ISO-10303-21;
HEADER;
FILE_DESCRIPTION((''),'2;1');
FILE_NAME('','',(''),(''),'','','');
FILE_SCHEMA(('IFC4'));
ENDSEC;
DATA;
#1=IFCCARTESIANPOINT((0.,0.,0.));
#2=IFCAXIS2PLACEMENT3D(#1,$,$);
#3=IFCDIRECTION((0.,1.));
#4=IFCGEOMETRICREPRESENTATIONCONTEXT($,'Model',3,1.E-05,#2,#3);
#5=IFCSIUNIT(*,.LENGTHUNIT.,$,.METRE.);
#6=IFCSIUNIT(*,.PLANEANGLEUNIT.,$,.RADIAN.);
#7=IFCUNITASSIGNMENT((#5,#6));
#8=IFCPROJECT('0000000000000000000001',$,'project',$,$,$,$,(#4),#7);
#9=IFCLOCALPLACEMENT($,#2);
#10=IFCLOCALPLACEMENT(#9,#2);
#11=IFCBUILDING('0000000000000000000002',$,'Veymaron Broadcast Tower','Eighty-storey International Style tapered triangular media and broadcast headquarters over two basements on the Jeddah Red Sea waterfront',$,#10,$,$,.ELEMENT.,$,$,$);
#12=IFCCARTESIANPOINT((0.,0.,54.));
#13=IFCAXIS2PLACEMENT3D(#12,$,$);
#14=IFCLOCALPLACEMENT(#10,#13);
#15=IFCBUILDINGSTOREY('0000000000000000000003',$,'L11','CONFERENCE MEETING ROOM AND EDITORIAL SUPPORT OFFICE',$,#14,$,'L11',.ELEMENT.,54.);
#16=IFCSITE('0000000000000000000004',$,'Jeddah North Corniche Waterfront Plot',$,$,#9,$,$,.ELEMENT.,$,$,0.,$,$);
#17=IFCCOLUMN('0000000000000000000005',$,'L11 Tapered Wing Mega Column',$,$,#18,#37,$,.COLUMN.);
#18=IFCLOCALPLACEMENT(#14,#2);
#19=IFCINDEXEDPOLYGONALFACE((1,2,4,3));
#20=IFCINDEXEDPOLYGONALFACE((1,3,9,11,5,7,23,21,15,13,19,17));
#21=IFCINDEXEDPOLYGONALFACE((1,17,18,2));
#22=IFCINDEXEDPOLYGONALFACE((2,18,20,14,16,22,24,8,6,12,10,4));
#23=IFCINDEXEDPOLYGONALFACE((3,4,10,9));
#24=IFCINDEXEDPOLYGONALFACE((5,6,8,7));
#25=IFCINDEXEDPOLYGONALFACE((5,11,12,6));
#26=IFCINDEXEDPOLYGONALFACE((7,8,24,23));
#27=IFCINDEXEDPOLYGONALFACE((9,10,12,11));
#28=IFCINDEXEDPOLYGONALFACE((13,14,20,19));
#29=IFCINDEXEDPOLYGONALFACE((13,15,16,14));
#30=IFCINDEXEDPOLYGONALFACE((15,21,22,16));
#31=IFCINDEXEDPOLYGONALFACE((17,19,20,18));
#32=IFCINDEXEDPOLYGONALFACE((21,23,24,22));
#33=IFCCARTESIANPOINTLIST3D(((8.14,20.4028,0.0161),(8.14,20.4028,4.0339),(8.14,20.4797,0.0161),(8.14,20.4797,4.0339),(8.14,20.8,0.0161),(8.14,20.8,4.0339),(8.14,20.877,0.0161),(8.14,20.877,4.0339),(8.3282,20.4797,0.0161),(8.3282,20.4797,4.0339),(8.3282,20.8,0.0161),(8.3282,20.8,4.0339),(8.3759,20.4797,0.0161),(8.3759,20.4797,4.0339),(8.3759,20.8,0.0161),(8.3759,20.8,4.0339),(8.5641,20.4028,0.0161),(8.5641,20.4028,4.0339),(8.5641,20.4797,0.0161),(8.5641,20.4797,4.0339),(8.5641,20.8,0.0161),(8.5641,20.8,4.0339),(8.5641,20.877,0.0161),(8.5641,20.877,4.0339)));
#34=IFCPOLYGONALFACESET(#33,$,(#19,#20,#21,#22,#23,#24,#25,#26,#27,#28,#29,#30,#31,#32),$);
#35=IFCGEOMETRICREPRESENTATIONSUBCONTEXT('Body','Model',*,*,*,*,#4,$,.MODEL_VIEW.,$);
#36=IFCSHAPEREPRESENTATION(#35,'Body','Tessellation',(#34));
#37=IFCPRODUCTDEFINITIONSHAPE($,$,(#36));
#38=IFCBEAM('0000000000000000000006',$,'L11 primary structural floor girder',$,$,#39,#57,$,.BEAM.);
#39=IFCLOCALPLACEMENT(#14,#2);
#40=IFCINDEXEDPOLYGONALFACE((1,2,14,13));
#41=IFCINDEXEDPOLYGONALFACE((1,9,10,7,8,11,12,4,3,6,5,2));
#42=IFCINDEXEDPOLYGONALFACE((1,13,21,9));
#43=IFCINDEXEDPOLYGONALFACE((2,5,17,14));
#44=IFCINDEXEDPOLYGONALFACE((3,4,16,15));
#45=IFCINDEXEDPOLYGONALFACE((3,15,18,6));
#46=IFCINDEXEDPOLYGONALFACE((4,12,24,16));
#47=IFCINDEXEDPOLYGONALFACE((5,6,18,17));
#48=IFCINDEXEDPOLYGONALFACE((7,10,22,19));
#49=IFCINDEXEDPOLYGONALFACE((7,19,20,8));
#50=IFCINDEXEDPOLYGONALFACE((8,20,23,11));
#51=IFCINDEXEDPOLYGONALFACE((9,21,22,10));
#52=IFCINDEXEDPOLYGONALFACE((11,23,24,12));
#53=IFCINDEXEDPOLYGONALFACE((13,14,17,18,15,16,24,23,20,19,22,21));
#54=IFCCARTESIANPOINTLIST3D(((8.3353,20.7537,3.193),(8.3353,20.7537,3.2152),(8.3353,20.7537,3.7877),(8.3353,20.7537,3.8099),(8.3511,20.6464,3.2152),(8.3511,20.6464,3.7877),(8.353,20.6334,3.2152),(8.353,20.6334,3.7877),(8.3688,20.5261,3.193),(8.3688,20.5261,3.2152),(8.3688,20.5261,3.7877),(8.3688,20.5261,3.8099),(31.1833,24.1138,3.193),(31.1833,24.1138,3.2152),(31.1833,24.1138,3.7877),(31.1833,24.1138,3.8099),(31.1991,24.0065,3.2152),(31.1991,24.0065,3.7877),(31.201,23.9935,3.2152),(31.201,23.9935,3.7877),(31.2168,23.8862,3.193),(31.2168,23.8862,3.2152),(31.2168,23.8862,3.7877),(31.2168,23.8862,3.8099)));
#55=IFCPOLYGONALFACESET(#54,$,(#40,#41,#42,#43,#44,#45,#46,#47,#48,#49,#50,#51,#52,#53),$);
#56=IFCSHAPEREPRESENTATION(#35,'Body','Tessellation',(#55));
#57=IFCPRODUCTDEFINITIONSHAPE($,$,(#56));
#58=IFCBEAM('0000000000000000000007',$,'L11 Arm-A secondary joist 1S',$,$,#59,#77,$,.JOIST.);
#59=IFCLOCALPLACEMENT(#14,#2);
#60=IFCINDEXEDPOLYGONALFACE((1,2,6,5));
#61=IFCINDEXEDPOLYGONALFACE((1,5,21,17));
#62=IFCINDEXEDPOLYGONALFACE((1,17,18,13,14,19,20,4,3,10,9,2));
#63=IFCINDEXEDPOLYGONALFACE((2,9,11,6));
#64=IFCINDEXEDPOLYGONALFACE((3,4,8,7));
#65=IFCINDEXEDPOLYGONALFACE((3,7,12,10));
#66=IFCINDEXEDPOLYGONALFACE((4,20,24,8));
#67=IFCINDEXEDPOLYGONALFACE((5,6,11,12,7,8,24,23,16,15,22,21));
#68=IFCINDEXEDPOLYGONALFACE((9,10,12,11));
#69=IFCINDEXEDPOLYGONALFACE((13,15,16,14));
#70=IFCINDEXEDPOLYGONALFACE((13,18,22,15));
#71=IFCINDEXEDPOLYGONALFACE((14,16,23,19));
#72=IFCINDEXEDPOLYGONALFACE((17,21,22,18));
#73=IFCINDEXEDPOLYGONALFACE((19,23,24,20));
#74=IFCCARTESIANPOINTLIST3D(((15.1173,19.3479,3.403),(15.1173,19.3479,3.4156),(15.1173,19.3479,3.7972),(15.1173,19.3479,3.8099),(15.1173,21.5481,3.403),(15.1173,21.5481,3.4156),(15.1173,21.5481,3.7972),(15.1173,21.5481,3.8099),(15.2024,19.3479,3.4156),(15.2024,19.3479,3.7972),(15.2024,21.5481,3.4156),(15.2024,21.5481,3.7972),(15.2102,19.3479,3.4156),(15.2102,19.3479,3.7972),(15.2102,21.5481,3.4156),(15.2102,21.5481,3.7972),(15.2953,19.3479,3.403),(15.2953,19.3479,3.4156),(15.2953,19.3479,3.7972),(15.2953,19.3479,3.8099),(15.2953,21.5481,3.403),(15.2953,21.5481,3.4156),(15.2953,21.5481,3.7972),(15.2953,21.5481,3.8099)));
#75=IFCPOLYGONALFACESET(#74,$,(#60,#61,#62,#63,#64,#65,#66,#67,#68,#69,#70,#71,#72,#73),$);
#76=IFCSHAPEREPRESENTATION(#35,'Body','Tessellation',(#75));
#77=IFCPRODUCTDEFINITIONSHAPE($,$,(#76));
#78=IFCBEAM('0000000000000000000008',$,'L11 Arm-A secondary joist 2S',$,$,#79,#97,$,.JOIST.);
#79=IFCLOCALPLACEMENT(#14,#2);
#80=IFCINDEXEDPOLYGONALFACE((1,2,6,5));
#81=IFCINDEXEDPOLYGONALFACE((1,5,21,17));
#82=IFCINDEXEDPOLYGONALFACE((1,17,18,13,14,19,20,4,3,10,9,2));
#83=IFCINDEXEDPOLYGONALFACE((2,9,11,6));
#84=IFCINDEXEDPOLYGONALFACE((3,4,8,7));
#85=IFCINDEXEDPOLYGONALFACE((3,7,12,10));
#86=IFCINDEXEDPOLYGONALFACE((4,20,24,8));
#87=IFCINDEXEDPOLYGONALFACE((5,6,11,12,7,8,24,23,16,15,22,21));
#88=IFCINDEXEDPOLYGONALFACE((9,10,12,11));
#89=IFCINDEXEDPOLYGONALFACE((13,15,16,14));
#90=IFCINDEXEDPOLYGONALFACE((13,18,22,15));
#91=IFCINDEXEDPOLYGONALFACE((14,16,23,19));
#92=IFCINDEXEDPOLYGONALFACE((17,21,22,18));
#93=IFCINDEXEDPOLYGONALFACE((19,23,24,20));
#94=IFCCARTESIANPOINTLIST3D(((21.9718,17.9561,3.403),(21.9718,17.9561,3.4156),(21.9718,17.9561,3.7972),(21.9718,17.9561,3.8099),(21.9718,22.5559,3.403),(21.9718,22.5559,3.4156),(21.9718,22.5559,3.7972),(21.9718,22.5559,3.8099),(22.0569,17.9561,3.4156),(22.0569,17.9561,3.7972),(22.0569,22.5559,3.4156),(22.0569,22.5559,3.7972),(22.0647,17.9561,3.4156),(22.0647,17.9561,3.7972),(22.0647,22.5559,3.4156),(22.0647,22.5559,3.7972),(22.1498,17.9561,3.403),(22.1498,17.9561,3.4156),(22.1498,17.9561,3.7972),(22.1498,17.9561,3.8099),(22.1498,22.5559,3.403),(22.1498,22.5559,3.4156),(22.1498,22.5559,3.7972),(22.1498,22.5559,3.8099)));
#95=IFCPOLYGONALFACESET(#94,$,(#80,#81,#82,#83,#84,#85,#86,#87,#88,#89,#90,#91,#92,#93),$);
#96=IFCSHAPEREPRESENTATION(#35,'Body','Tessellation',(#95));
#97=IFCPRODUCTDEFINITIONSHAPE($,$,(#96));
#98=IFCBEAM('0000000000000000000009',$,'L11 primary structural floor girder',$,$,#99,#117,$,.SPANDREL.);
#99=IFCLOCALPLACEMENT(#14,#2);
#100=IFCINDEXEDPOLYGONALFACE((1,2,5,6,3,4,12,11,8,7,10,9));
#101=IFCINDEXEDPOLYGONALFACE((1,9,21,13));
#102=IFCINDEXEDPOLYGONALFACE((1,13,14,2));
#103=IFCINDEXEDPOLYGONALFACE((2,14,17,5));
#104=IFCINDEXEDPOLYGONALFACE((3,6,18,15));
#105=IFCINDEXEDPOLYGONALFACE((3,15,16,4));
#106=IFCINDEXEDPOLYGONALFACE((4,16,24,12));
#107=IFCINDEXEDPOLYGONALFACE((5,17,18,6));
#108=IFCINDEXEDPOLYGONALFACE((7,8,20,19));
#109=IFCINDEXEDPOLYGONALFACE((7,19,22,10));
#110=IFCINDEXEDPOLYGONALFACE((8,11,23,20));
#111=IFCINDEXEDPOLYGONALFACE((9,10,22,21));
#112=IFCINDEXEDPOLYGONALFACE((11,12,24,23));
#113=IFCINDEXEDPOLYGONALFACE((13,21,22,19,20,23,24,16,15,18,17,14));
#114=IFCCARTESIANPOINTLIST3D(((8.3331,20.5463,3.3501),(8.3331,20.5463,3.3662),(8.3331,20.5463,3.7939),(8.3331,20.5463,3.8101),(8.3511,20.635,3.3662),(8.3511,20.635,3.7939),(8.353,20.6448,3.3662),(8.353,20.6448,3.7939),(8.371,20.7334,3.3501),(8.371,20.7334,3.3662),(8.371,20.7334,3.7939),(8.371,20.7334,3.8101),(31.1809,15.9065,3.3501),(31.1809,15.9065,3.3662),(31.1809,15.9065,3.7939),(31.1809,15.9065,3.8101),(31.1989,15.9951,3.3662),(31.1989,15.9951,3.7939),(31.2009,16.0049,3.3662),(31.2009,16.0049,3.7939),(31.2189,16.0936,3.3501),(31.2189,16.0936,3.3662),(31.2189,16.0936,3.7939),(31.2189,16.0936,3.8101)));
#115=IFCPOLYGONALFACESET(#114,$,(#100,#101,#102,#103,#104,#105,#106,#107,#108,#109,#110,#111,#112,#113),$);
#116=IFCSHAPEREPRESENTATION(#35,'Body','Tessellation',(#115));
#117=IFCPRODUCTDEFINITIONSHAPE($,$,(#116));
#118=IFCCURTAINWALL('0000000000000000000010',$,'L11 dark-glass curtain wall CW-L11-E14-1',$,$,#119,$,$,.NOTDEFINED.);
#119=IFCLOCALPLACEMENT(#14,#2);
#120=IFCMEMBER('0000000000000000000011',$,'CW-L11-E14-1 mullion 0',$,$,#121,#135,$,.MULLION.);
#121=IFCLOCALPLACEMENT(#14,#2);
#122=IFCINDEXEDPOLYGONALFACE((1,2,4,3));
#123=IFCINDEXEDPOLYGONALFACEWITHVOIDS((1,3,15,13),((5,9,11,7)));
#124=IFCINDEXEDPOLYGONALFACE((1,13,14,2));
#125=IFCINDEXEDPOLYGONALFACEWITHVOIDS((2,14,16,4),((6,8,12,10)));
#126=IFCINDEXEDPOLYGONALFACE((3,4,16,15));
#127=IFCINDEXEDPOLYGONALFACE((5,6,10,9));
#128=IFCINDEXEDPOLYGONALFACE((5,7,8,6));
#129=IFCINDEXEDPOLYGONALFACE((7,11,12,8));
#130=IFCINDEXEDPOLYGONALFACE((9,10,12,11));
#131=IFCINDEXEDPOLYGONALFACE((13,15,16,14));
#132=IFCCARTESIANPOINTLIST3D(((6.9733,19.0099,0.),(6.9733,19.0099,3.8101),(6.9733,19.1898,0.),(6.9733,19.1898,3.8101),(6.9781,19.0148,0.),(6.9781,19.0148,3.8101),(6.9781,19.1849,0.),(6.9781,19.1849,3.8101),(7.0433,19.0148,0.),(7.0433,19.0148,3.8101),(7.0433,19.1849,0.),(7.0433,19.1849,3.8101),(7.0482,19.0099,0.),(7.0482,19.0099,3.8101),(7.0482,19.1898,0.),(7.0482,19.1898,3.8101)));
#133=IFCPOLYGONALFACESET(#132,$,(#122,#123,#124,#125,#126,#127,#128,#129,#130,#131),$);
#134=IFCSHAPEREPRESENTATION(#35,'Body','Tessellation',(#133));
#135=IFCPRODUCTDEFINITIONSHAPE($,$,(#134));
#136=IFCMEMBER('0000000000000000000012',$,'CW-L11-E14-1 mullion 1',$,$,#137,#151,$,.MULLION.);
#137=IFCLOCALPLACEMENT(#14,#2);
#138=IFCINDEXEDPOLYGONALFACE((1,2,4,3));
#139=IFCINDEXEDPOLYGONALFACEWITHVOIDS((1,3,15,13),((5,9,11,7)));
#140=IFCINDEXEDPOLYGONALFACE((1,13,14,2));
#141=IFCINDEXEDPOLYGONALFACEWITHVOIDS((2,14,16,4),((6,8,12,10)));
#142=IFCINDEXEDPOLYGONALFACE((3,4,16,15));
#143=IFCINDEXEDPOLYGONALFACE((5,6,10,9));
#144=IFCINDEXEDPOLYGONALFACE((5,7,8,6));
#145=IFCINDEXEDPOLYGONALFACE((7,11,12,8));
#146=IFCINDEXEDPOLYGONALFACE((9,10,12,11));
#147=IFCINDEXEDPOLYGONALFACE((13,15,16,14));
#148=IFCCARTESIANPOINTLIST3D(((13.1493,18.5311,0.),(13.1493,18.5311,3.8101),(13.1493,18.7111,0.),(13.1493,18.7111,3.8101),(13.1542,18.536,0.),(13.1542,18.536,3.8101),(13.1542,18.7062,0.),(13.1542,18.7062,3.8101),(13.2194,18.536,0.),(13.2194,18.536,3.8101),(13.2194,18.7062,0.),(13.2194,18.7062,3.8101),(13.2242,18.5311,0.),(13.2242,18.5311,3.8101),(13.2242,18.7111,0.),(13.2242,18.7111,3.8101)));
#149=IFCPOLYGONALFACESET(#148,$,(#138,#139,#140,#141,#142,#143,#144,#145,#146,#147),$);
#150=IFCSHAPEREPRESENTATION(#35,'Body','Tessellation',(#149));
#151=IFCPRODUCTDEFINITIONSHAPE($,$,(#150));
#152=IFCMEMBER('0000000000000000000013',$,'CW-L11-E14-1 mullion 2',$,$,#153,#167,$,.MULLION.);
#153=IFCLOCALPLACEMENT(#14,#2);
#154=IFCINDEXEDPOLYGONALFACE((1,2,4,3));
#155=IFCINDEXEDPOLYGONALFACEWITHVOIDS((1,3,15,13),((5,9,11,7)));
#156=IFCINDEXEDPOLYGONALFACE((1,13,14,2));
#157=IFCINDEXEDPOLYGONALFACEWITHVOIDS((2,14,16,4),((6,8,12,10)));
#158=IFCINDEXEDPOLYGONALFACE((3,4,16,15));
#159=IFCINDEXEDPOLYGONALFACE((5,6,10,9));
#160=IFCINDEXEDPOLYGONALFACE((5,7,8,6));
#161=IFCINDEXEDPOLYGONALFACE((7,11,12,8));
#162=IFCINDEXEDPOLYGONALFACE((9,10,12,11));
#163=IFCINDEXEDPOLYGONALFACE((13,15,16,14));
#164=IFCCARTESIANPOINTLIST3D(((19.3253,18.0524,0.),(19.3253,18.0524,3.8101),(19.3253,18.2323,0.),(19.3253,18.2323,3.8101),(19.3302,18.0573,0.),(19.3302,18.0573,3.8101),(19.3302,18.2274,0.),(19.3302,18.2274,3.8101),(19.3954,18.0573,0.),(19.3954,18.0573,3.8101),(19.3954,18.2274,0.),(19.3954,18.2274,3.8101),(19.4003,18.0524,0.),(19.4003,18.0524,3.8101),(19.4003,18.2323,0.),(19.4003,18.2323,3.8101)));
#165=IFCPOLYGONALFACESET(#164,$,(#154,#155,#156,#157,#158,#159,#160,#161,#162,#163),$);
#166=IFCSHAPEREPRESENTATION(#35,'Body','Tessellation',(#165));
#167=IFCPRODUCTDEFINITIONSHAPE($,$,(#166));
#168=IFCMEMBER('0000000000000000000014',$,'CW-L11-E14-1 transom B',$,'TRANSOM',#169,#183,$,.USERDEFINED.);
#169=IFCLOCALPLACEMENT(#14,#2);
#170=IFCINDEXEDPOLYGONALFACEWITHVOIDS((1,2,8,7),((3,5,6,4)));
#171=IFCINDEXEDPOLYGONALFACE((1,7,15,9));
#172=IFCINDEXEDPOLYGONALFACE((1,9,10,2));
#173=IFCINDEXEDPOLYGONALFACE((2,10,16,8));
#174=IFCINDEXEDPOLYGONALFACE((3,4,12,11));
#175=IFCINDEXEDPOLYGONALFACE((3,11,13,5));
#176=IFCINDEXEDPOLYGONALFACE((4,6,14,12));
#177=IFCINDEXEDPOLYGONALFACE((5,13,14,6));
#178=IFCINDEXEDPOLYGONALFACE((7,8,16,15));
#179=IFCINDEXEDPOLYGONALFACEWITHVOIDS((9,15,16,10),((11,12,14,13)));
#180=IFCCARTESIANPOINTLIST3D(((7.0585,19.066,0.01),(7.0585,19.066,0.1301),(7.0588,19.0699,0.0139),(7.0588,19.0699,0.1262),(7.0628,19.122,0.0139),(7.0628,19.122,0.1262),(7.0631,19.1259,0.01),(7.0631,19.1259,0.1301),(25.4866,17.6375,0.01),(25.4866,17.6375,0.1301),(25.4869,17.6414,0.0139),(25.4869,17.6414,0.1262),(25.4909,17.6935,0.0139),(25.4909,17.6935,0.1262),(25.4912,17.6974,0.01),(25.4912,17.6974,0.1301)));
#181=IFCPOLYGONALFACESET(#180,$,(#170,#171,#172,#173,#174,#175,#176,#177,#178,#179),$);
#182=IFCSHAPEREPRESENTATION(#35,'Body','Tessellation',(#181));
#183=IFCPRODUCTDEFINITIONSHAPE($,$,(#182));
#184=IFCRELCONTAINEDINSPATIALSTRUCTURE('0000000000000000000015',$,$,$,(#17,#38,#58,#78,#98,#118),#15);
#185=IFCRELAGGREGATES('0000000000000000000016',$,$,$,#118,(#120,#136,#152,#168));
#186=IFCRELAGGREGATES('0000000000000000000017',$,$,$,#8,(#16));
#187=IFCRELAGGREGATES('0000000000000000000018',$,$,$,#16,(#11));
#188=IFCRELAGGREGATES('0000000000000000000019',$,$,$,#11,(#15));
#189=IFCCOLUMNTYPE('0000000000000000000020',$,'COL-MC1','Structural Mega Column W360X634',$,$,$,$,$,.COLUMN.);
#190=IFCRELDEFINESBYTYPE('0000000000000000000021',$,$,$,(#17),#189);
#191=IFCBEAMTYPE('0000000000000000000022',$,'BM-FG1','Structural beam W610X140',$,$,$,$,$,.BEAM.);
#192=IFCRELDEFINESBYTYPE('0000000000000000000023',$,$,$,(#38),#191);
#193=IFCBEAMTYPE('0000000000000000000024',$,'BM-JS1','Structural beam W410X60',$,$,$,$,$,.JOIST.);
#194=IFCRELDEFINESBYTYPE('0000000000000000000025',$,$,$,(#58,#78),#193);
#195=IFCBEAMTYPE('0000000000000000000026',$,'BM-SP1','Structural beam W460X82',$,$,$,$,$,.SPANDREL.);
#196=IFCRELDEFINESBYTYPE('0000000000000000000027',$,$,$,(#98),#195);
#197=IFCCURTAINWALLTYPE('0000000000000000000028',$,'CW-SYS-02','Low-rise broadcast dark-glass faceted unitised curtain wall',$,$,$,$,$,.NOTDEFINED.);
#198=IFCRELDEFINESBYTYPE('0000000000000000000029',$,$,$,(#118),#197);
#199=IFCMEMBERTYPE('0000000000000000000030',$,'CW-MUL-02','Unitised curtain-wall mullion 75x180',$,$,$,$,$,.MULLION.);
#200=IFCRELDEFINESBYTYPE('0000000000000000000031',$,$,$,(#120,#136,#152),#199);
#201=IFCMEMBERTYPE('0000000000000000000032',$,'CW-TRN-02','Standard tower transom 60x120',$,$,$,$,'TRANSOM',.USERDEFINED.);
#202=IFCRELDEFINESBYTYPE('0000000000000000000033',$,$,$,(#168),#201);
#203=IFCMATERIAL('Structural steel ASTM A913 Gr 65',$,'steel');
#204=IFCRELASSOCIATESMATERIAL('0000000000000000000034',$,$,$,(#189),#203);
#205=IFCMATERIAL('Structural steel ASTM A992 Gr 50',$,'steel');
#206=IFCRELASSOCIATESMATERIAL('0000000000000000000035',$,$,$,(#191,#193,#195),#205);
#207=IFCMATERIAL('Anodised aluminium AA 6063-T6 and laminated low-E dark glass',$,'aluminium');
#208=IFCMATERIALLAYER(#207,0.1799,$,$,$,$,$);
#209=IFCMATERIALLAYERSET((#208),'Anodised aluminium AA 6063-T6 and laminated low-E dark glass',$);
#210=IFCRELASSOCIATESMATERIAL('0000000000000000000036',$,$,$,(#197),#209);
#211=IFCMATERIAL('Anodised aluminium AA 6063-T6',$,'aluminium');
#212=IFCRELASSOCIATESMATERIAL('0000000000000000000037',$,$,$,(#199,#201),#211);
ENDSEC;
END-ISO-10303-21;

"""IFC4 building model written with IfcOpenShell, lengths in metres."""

from ifc_helpers import new_model, si_unit, direction, frame, origin, origin_2d, place, context, subcontext, project, spatial, hollow_rectangle, i_section, extrude, material, layer, layer_set, material_profile, profile_set, type_object, element, aggregate, save


model = new_model("IFC4")

# Units and contexts
model_context = context("Model", 3, precision=1e-05, world=origin(), true_north=direction((0.0, 1.0)))
body_context = subcontext(model_context, "Body", "Model", "MODEL_VIEW")
ifc_project = project(units=[si_unit("LENGTHUNIT", "METRE"), si_unit("PLANEANGLEUNIT", "RADIAN")], contexts=[model_context])

# Site, building, storey
site_placement = place(None, origin())
site = spatial("IfcSite", under=ifc_project, at=site_placement, Name="Jeddah North Corniche Waterfront Plot", CompositionType="ELEMENT", RefElevation=0.0)
building_placement = place(site_placement, origin())
building = spatial("IfcBuilding", under=site, at=building_placement, Name="Veymaron Broadcast Tower", Description="Eighty-storey International Style tapered triangular media and broadcast headquarters over two basements on the Jeddah Red Sea waterfront", CompositionType="ELEMENT")
storey_placement = place(building_placement, frame((0.0, 0.0, 54.0)))
storey = spatial("IfcBuildingStorey", under=building, at=storey_placement, Name="L11", Description="CONFERENCE MEETING ROOM AND EDITORIAL SUPPORT OFFICE", LongName="L11", CompositionType="ELEMENT", Elevation=54.0)

# Column
ifc_material_1 = material(Name="Structural steel ASTM A913 Gr 65", Category="steel")
ifc_material_profile_1 = material_profile(ifc_material_1, i_section(OverallWidth=0.4241, OverallDepth=0.4741, WebThickness=0.0476, FlangeThickness=0.0769, at=origin_2d()), Name="W360X634")
ifc_profile_set_1 = profile_set([ifc_material_profile_1], Name="Structural steel ASTM A913 Gr 65")
column_type = type_object("IfcColumnType", Name="COL-MC1", Description="Structural Mega Column W360X634", PredefinedType="COLUMN", material=ifc_profile_set_1)
column_placement = place(storey_placement, frame((8.3521, 20.6399, 0.0161), z_axis=(0.0, 0.0, 1.0), x_axis=(1.0, 0.0, 0.0)))
element("IfcColumn", 1, at=column_placement, inside=storey, type_object=column_type, Name="L11 Tapered Wing Mega Column", PredefinedType="COLUMN", context=body_context, shape_type="SweptSolid", body=[
    extrude(i_section(OverallWidth=0.4241, OverallDepth=0.4741, WebThickness=0.0476, FlangeThickness=0.0769, at=origin_2d()), origin(), (0.0, 0.0, 1.0), 4.0178),
])

# Beams
ifc_material_2 = material(Name="Structural steel ASTM A992 Gr 50", Category="steel")
ifc_material_profile_2 = material_profile(ifc_material_2, i_section(OverallWidth=0.23, OverallDepth=0.6169, WebThickness=0.0132, FlangeThickness=0.0222, at=origin_2d()), Name="W610X140")
ifc_profile_set_2 = profile_set([ifc_material_profile_2], Name="Structural steel ASTM A992 Gr 50")
beam_type_1 = type_object("IfcBeamType", Name="BM-FG1", Description="Structural beam W610X140", PredefinedType="BEAM", material=ifc_profile_set_2)
beam_1_placement = place(storey_placement, frame((8.3521, 20.6399, 3.5015), z_axis=(0.989358, 0.145499, 0.0), x_axis=(-0.145499, 0.989358, 0.0)))
element("IfcBeam", 2, at=beam_1_placement, inside=storey, type_object=beam_type_1, Name="L11 primary structural floor girder", PredefinedType="BEAM", context=body_context, shape_type="SweptSolid", body=[
    extrude(i_section(OverallWidth=0.23, OverallDepth=0.6169, WebThickness=0.0132, FlangeThickness=0.0222, at=origin_2d()), origin(), (0.0, 0.0, 1.0), 23.0938),
])
ifc_material_profile_3 = material_profile(ifc_material_2, i_section(OverallWidth=0.178, OverallDepth=0.407, WebThickness=0.0078, FlangeThickness=0.0127, at=origin_2d()), Name="W410X60")
ifc_profile_set_3 = profile_set([ifc_material_profile_3], Name="Structural steel ASTM A992 Gr 50")
beam_type_2 = type_object("IfcBeamType", Name="BM-JS1", Description="Structural beam W410X60", PredefinedType="JOIST", material=ifc_profile_set_3)
beam_2_placement = place(storey_placement, frame((15.2063, 19.3479, 3.6064), z_axis=(0.0, 1.0, 0.0), x_axis=(-1.0, 0.0, 0.0)))
element("IfcBeam", 3, at=beam_2_placement, inside=storey, type_object=beam_type_2, Name="L11 Arm-A secondary joist 1S", PredefinedType="JOIST", context=body_context, shape_type="SweptSolid", body=[
    extrude(i_section(OverallWidth=0.178, OverallDepth=0.407, WebThickness=0.0078, FlangeThickness=0.0127, at=origin_2d()), origin(), (0.0, 0.0, 1.0), 2.2002),
])
beam_3_placement = place(storey_placement, frame((22.0608, 17.9561, 3.6064), z_axis=(0.0, 1.0, 0.0), x_axis=(-1.0, 0.0, 0.0)))
element("IfcBeam", 4, at=beam_3_placement, inside=storey, type_object=beam_type_2, Name="L11 Arm-A secondary joist 2S", PredefinedType="JOIST", context=body_context, shape_type="SweptSolid", body=[
    extrude(i_section(OverallWidth=0.178, OverallDepth=0.407, WebThickness=0.0078, FlangeThickness=0.0127, at=origin_2d()), origin(), (0.0, 0.0, 1.0), 4.5999),
])
ifc_material_profile_4 = material_profile(ifc_material_2, i_section(OverallWidth=0.1909, OverallDepth=0.46, WebThickness=0.01, FlangeThickness=0.0161, at=origin_2d()), Name="W460X82")
ifc_profile_set_4 = profile_set([ifc_material_profile_4], Name="Structural steel ASTM A992 Gr 50")
beam_type_3 = type_object("IfcBeamType", Name="BM-SP1", Description="Structural beam W460X82", PredefinedType="SPANDREL", material=ifc_profile_set_4)
beam_4_placement = place(storey_placement, frame((8.3521, 20.6399, 3.5801), z_axis=(0.979996, -0.199015, 0.0), x_axis=(0.199015, 0.979996, 0.0)))
element("IfcBeam", 5, at=beam_4_placement, inside=storey, type_object=beam_type_3, Name="L11 primary structural floor girder", PredefinedType="SPANDREL", context=body_context, shape_type="SweptSolid", body=[
    extrude(i_section(OverallWidth=0.1909, OverallDepth=0.46, WebThickness=0.01, FlangeThickness=0.0161, at=origin_2d()), origin(), (0.0, 0.0, 1.0), 23.3142),
])

# Curtain wall, members
ifc_material_3 = material(Name="Anodised aluminium AA 6063-T6 and laminated low-E dark glass", Category="aluminium")
ifc_layer_1 = layer(ifc_material_3, 0.1799)
ifc_layer_set_1 = layer_set([ifc_layer_1], Name="Anodised aluminium AA 6063-T6 and laminated low-E dark glass")
curtain_wall_type = type_object("IfcCurtainWallType", Name="CW-SYS-02", Description="Low-rise broadcast dark-glass faceted unitised curtain wall", PredefinedType="NOTDEFINED", material=ifc_layer_set_1)
curtain_wall_placement = place(storey_placement, origin())
curtain_wall = element("IfcCurtainWall", 6, at=curtain_wall_placement, inside=storey, type_object=curtain_wall_type, Name="L11 dark-glass curtain wall CW-L11-E14-1", PredefinedType="NOTDEFINED")
ifc_material_4 = material(Name="Anodised aluminium AA 6063-T6", Category="aluminium")
ifc_material_profile_5 = material_profile(ifc_material_4, hollow_rectangle(XDim=0.075, YDim=0.1799, WallThickness=0.0049, at=origin_2d()), Name="AL180X75X5")
ifc_profile_set_5 = profile_set([ifc_material_profile_5], Name="Anodised aluminium AA 6063-T6")
member_type_1 = type_object("IfcMemberType", Name="CW-MUL-02", Description="Unitised curtain-wall mullion 75x180", PredefinedType="MULLION", material=ifc_profile_set_5)
member_1_placement = place(storey_placement, frame((7.0107, 19.0999, 0.0), z_axis=(0.0, 0.0, 1.0), x_axis=(1.0, 0.0, 0.0)))
member_1 = element("IfcMember", 7, at=member_1_placement, type_object=member_type_1, Name="CW-L11-E14-1 mullion 0", PredefinedType="MULLION", context=body_context, shape_type="SweptSolid", body=[
    extrude(hollow_rectangle(XDim=0.075, YDim=0.1799, WallThickness=0.0049, at=origin_2d()), origin(), (0.0, 0.0, 1.0), 3.8101),
])
member_2_placement = place(storey_placement, frame((13.1868, 18.6211, 0.0), z_axis=(0.0, 0.0, 1.0), x_axis=(1.0, 0.0, 0.0)))
member_2 = element("IfcMember", 8, at=member_2_placement, type_object=member_type_1, Name="CW-L11-E14-1 mullion 1", PredefinedType="MULLION", context=body_context, shape_type="SweptSolid", body=[
    extrude(hollow_rectangle(XDim=0.075, YDim=0.1799, WallThickness=0.0049, at=origin_2d()), origin(), (0.0, 0.0, 1.0), 3.8101),
])
member_3_placement = place(storey_placement, frame((19.3628, 18.1423, 0.0), z_axis=(0.0, 0.0, 1.0), x_axis=(1.0, 0.0, 0.0)))
member_3 = element("IfcMember", 9, at=member_3_placement, type_object=member_type_1, Name="CW-L11-E14-1 mullion 2", PredefinedType="MULLION", context=body_context, shape_type="SweptSolid", body=[
    extrude(hollow_rectangle(XDim=0.075, YDim=0.1799, WallThickness=0.0049, at=origin_2d()), origin(), (0.0, 0.0, 1.0), 3.8101),
])
ifc_material_profile_6 = material_profile(ifc_material_4, hollow_rectangle(XDim=0.0601, YDim=0.1201, WallThickness=0.0039, at=origin_2d()), Name="AL120X60X4")
ifc_profile_set_6 = profile_set([ifc_material_profile_6], Name="Anodised aluminium AA 6063-T6")
member_type_2 = type_object("IfcMemberType", Name="CW-TRN-02", Description="Standard tower transom 60x120", ElementType="TRANSOM", PredefinedType="USERDEFINED", material=ifc_profile_set_6)
member_4_placement = place(storey_placement, frame((7.0608, 19.0959, 0.0701), z_axis=(0.997009, -0.077283, 0.0), x_axis=(0.077283, 0.997009, 0.0)))
member_4 = element("IfcMember", 10, at=member_4_placement, type_object=member_type_2, Name="CW-L11-E14-1 transom B", ObjectType="TRANSOM", PredefinedType="USERDEFINED", context=body_context, shape_type="SweptSolid", body=[
    extrude(hollow_rectangle(XDim=0.0601, YDim=0.1201, WallThickness=0.0039, at=origin_2d()), origin(), (0.0, 0.0, 1.0), 18.4834),
])
aggregate(curtain_wall, [member_1, member_2, member_3, member_4])

save(model, "model.ifc")
